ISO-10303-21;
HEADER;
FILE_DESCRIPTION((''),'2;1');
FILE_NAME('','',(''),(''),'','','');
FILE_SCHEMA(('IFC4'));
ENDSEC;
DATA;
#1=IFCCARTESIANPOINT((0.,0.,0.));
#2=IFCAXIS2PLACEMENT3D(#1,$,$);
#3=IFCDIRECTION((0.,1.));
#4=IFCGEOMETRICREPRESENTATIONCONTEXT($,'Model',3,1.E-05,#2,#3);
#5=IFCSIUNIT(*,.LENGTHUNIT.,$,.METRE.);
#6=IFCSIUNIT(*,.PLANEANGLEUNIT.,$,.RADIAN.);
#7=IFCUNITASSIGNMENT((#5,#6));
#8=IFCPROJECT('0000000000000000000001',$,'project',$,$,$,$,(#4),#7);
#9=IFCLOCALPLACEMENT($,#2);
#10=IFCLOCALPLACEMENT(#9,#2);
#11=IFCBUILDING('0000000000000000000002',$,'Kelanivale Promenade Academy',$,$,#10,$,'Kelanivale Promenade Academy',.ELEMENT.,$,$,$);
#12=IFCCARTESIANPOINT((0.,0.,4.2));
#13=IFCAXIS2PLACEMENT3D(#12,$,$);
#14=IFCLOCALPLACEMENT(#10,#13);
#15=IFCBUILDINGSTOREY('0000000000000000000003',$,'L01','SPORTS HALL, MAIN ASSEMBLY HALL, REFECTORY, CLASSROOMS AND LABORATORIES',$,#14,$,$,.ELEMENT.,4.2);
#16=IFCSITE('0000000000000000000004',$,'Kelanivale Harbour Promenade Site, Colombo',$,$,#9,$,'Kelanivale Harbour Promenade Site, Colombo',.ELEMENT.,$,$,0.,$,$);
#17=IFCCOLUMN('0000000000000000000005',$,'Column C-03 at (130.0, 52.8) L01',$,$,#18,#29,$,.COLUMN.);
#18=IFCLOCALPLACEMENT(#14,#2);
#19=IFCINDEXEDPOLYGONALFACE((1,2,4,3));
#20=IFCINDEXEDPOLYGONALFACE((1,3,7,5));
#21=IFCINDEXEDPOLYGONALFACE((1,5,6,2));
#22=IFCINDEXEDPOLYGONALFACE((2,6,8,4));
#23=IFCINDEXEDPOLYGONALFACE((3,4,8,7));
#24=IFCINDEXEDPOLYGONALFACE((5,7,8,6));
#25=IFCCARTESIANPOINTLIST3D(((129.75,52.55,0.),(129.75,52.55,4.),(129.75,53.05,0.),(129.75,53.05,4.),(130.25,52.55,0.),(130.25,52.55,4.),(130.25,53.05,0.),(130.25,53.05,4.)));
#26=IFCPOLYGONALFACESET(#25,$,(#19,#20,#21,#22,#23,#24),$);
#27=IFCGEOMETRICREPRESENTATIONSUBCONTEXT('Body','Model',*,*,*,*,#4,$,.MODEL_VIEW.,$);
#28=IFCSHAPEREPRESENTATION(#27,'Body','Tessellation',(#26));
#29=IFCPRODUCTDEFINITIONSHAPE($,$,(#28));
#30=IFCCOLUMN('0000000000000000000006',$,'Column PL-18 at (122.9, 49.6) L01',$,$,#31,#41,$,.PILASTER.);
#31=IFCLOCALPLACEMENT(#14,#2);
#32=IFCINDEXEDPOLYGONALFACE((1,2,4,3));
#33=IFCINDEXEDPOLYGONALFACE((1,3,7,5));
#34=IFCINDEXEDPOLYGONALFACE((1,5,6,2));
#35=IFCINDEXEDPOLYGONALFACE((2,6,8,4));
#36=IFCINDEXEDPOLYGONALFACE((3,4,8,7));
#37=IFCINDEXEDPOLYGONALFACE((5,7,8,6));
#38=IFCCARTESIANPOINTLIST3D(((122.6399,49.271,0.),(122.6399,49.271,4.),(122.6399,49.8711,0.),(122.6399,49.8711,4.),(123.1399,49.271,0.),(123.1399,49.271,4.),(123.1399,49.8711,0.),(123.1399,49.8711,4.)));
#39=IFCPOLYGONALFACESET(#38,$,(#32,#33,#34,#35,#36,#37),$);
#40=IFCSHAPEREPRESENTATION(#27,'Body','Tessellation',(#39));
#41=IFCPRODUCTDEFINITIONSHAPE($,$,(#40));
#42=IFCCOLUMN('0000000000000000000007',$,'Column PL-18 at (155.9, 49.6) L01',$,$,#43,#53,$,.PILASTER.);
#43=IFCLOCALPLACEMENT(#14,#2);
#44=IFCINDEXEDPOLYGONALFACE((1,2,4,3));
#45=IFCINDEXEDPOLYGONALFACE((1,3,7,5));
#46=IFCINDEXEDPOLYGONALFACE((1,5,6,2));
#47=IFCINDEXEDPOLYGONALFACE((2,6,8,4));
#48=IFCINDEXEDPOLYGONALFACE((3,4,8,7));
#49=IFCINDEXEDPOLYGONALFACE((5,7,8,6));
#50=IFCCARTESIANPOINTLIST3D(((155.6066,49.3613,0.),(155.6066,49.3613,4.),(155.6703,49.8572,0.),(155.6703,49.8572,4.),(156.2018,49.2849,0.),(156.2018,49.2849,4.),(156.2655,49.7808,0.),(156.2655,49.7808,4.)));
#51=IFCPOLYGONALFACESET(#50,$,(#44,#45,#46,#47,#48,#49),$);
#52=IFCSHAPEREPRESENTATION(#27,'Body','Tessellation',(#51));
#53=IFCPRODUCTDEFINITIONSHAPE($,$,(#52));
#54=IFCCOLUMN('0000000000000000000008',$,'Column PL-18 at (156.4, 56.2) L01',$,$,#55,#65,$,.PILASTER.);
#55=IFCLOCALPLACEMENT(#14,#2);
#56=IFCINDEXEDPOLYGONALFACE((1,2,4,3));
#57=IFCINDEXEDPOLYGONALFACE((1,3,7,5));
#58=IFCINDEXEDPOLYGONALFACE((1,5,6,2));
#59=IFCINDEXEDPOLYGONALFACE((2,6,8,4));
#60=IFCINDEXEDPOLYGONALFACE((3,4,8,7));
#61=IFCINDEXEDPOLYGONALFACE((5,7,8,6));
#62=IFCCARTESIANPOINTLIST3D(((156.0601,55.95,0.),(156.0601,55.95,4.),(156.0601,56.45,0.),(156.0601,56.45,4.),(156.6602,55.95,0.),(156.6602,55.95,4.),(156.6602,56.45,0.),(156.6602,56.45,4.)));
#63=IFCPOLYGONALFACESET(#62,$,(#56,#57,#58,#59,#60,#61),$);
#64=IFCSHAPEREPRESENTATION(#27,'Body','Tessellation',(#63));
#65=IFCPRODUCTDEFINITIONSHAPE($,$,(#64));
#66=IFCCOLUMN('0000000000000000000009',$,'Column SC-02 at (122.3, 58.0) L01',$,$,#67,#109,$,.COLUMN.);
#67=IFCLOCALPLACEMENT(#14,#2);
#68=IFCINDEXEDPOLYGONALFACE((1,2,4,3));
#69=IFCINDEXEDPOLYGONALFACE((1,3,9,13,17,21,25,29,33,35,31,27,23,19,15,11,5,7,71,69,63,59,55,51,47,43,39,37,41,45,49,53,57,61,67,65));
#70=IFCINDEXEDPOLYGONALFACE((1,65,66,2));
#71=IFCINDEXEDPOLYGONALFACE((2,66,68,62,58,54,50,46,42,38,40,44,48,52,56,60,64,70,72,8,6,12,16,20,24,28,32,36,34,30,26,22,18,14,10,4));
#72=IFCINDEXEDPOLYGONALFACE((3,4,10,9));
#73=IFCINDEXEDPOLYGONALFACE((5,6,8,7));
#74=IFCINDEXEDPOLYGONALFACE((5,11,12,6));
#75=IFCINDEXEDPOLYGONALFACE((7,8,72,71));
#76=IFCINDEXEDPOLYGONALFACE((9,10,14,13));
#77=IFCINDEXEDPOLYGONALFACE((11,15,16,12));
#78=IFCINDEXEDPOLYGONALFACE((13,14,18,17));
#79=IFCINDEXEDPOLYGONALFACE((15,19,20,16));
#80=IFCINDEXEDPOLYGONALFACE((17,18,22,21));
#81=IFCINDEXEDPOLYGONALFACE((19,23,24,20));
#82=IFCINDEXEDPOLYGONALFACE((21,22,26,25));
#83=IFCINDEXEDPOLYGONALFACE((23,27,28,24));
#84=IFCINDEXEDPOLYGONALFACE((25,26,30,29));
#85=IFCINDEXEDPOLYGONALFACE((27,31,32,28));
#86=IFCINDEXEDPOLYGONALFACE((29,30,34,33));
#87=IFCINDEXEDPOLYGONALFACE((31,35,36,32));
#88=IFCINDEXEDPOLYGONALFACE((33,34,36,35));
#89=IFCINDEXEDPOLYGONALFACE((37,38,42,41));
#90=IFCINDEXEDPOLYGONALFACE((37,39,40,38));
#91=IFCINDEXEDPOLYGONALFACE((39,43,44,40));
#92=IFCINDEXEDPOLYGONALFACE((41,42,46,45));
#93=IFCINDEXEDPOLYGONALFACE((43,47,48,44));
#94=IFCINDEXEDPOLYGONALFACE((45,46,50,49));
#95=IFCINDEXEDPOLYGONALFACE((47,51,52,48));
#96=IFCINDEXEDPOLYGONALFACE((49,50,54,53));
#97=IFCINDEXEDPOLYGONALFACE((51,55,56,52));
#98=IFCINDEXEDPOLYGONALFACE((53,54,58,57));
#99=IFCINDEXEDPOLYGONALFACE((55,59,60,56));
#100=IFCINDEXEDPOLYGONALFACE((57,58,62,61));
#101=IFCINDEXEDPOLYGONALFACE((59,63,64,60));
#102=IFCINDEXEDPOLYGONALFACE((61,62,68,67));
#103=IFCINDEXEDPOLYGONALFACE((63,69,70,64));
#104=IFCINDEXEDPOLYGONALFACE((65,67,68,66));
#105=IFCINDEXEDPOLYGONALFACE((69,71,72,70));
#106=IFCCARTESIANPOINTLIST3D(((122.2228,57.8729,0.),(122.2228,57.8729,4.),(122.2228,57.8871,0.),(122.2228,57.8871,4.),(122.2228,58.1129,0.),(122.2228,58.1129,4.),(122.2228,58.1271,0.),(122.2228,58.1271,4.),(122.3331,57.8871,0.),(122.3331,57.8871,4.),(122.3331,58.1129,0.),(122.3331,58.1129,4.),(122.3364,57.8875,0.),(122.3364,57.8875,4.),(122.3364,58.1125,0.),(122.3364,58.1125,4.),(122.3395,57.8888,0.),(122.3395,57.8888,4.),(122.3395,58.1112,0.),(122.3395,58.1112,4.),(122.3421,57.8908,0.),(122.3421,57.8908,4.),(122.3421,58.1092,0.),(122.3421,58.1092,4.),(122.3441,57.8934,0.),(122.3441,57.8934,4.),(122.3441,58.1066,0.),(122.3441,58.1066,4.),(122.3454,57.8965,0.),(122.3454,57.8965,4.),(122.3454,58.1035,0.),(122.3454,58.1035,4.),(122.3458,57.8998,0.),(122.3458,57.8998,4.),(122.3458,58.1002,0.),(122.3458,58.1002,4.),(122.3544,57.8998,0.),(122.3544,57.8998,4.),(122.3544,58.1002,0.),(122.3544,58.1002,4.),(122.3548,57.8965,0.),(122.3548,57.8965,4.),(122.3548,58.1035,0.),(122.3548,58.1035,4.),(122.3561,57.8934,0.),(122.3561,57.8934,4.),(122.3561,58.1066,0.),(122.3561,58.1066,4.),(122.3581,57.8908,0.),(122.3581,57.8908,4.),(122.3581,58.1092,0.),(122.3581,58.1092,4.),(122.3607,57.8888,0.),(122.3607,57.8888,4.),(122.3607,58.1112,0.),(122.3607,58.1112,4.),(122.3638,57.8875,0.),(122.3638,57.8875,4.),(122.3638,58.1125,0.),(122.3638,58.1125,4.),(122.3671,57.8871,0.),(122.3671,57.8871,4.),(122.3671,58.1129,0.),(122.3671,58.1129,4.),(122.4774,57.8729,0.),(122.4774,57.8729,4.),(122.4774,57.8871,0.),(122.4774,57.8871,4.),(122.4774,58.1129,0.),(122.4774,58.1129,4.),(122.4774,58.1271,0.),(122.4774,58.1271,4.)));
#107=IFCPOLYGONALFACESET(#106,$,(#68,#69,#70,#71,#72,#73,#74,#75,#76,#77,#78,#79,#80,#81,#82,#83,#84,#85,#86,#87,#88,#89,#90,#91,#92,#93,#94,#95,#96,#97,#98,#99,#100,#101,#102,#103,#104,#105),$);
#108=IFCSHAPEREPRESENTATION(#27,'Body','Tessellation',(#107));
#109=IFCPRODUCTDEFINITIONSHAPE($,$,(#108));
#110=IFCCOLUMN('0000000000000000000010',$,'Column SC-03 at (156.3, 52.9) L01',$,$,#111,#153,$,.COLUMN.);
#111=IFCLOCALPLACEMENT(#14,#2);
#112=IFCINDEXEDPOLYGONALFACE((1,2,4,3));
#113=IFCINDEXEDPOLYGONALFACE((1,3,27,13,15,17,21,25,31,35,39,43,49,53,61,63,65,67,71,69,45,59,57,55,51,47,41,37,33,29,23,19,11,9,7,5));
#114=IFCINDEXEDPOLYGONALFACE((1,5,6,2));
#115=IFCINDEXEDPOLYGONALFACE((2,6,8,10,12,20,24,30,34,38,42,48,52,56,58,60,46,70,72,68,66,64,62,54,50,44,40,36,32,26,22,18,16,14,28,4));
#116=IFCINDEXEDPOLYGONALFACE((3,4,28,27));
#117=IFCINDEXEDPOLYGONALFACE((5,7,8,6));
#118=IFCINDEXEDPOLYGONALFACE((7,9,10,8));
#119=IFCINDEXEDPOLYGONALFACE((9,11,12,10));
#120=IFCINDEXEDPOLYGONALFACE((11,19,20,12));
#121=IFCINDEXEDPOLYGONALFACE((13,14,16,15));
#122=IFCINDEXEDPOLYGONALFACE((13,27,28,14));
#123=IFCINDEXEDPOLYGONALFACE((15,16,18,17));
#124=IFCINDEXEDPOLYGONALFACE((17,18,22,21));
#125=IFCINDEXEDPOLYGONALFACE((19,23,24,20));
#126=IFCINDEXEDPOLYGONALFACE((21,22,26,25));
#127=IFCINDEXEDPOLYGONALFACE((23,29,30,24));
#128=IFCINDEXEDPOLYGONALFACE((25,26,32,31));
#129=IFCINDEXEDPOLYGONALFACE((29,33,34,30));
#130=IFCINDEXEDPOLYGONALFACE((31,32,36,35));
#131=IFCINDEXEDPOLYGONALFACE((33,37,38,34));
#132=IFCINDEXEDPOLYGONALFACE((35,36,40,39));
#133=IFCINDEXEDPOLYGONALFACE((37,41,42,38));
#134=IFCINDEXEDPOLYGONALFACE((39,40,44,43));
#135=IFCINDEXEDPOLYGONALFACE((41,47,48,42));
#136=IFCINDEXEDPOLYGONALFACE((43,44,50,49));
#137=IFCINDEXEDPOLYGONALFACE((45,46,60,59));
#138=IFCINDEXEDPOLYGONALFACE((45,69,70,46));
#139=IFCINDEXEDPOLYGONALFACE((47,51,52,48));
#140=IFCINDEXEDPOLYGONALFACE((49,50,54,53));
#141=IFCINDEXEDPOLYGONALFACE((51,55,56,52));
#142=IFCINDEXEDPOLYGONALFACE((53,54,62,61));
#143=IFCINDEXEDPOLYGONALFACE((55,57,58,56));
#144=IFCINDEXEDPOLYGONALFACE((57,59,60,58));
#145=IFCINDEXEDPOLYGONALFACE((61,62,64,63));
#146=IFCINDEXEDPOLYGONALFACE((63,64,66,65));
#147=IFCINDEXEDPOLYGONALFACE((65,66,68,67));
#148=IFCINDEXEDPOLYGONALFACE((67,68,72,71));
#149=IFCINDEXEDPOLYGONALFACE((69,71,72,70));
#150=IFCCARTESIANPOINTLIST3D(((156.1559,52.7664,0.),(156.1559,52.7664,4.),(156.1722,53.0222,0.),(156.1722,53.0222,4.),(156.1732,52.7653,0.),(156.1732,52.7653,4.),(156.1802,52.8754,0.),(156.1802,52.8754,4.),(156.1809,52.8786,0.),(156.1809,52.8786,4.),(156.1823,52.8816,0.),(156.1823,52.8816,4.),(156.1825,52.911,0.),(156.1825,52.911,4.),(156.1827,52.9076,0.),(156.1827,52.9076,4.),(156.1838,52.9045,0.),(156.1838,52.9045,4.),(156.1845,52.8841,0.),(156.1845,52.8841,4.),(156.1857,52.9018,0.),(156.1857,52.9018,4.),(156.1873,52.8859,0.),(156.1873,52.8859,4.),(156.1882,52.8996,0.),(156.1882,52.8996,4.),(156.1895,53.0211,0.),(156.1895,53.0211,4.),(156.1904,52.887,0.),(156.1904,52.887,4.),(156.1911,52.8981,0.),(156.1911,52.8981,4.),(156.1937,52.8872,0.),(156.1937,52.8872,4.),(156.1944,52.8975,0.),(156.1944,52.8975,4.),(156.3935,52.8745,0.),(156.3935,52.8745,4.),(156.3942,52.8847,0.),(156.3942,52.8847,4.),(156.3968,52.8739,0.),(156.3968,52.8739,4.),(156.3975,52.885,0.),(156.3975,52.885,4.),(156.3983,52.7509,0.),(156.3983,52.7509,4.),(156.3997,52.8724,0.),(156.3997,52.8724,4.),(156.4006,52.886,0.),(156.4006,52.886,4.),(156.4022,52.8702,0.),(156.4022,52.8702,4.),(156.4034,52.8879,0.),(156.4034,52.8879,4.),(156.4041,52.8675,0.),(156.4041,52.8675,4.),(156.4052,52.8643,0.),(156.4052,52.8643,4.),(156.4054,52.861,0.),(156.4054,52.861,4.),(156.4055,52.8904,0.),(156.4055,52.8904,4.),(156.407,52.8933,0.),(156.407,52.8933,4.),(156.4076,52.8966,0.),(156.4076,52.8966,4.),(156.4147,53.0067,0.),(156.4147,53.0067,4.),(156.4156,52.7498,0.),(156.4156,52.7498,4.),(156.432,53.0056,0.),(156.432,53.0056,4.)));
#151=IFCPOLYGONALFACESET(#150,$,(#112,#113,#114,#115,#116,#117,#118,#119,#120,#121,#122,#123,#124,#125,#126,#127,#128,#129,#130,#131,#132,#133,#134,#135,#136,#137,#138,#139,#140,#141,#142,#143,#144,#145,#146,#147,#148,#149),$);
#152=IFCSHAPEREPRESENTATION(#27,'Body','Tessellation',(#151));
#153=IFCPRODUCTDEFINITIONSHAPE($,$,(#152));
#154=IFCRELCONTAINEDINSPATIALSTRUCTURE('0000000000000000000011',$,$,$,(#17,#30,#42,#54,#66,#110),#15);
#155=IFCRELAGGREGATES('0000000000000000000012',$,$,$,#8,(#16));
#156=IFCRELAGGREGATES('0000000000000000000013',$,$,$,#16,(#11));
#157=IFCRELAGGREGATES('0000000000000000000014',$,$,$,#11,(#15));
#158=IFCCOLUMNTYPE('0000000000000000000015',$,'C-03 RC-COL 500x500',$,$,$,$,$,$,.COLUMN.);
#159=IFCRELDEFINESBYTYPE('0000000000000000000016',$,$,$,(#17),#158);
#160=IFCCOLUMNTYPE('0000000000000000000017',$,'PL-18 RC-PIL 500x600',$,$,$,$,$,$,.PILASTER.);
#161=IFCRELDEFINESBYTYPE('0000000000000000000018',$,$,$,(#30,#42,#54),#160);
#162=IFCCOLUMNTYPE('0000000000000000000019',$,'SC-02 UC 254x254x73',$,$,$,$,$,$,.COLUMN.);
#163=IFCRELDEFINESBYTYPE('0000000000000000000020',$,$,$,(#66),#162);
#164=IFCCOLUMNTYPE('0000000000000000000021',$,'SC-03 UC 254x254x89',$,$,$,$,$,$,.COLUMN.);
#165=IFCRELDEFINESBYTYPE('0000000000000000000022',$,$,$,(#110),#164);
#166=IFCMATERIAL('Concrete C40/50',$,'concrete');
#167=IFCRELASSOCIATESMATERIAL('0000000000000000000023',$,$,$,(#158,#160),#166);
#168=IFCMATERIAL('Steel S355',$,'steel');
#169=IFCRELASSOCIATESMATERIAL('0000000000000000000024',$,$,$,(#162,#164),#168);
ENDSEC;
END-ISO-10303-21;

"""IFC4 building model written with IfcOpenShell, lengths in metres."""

from ifc_helpers import new_model, si_unit, direction, frame, origin, origin_2d, place, context, subcontext, project, spatial, rectangle, i_section, extrude, material, material_profile, profile_set, type_object, element, save


model = new_model("IFC4")

# Units and contexts
model_context = context("Model", 3, precision=1e-05, world=origin(), true_north=direction((0.0, 1.0)))
body_context = subcontext(model_context, "Body", "Model", "MODEL_VIEW")
ifc_project = project(units=[si_unit("LENGTHUNIT", "METRE"), si_unit("PLANEANGLEUNIT", "RADIAN")], contexts=[model_context])

# Site, building, storey
site_placement = place(None, origin())
site = spatial("IfcSite", under=ifc_project, at=site_placement, Name="Kelanivale Harbour Promenade Site, Colombo", LongName="Kelanivale Harbour Promenade Site, Colombo", CompositionType="ELEMENT", RefElevation=0.0)
building_placement = place(site_placement, origin())
building = spatial("IfcBuilding", under=site, at=building_placement, Name="Kelanivale Promenade Academy", LongName="Kelanivale Promenade Academy", CompositionType="ELEMENT")
storey_placement = place(building_placement, frame((0.0, 0.0, 4.2)))
storey = spatial("IfcBuildingStorey", under=building, at=storey_placement, Name="L01", Description="SPORTS HALL, MAIN ASSEMBLY HALL, REFECTORY, CLASSROOMS AND LABORATORIES", CompositionType="ELEMENT", Elevation=4.2)

# Columns
ifc_material_1 = material(Name="Concrete C40/50", Category="concrete")
ifc_material_profile_1 = material_profile(ifc_material_1, rectangle(XDim=0.5, YDim=0.5, at=origin_2d()), Name="RC-COL 500x500")
ifc_profile_set_1 = profile_set([ifc_material_profile_1], Name="Concrete C40/50")
column_type_1 = type_object("IfcColumnType", Name="C-03 RC-COL 500x500", PredefinedType="COLUMN", material=ifc_profile_set_1)
column_1_placement = place(storey_placement, frame((130.0, 52.8, 0.0), z_axis=(0.0, 0.0, 1.0), x_axis=(1.0, 0.0, 0.0)))
element("IfcColumn", 1, at=column_1_placement, inside=storey, type_object=column_type_1, Name="Column C-03 at (130.0, 52.8) L01", PredefinedType="COLUMN", context=body_context, shape_type="SweptSolid", body=[
    extrude(rectangle(XDim=0.5, YDim=0.5, at=origin_2d()), origin(), (0.0, 0.0, 1.0), 4.0),
])
ifc_material_profile_2 = material_profile(ifc_material_1, rectangle(XDim=0.5, YDim=0.6001, at=origin_2d()), Name="RC-PIL 500x600")
ifc_profile_set_2 = profile_set([ifc_material_profile_2], Name="Concrete C40/50")
column_type_2 = type_object("IfcColumnType", Name="PL-18 RC-PIL 500x600", PredefinedType="PILASTER", material=ifc_profile_set_2)
for number, where, z_axis, x_axis, name in (
    (2, (122.8899, 49.571, 0.0), (0.0, 0.0, 1.0), (1.0, 0.0, 0.0), "Column PL-18 at (122.9, 49.6) L01"),
    (3, (155.936, 49.571, 0.0), (0.0, 0.0, 1.0), (0.127411, 0.99185, 0.0), "Column PL-18 at (155.9, 49.6) L01"),
    (4, (156.3601, 56.2, 0.0), (0.0, 0.0, 1.0), (0.0, 1.0, 0.0), "Column PL-18 at (156.4, 56.2) L01"),
):
    element("IfcColumn", number, at=place(storey_placement, frame(where, z_axis=z_axis, x_axis=x_axis)), inside=storey, type_object=column_type_2, Name=name, PredefinedType="PILASTER", context=body_context, shape_type="SweptSolid", body=[
        extrude(rectangle(XDim=0.5, YDim=0.6001, at=origin_2d()), origin(), (0.0, 0.0, 1.0), 4.0),
    ])
ifc_material_2 = material(Name="Steel S355", Category="steel")
ifc_material_profile_3 = material_profile(ifc_material_2, i_section(OverallWidth=0.2546, OverallDepth=0.2542, WebThickness=0.0085, FlangeThickness=0.0142, FilletRadius=0.0127, at=origin_2d()), Name="UC 254x254x73")
ifc_profile_set_3 = profile_set([ifc_material_profile_3], Name="Steel S355")
column_type_3 = type_object("IfcColumnType", Name="SC-02 UC 254x254x73", PredefinedType="COLUMN", material=ifc_profile_set_3)
column_2_placement = place(storey_placement, frame((122.3501, 58.0, 0.0), z_axis=(0.0, 0.0, 1.0), x_axis=(1.0, 0.0, 0.0)))
element("IfcColumn", 5, at=column_2_placement, inside=storey, type_object=column_type_3, Name="Column SC-02 at (122.3, 58.0) L01", PredefinedType="COLUMN", context=body_context, shape_type="SweptSolid", body=[
    extrude(i_section(OverallWidth=0.2546, OverallDepth=0.2542, WebThickness=0.0085, FlangeThickness=0.0142, FilletRadius=0.0127, at=origin_2d()), origin(), (0.0, 0.0, 1.0), 4.0),
])
ifc_material_profile_4 = material_profile(ifc_material_2, i_section(OverallWidth=0.2563, OverallDepth=0.2603, WebThickness=0.0103, FlangeThickness=0.0173, FilletRadius=0.0127, at=origin_2d()), Name="UC 254x254x89")
ifc_profile_set_4 = profile_set([ifc_material_profile_4], Name="Steel S355")
column_type_4 = type_object("IfcColumnType", Name="SC-03 UC 254x254x89", PredefinedType="COLUMN", material=ifc_profile_set_4)
column_3_placement = place(storey_placement, frame((156.2939, 52.886, 0.0), z_axis=(0.0, 0.0, 1.0), x_axis=(0.063661, 0.997972, 0.0)))
element("IfcColumn", 6, at=column_3_placement, inside=storey, type_object=column_type_4, Name="Column SC-03 at (156.3, 52.9) L01", PredefinedType="COLUMN", context=body_context, shape_type="SweptSolid", body=[
    extrude(i_section(OverallWidth=0.2563, OverallDepth=0.2603, WebThickness=0.0103, FlangeThickness=0.0173, FilletRadius=0.0127, at=origin_2d()), origin(), (0.0, 0.0, 1.0), 4.0),
])

save(model, "model.ifc")
